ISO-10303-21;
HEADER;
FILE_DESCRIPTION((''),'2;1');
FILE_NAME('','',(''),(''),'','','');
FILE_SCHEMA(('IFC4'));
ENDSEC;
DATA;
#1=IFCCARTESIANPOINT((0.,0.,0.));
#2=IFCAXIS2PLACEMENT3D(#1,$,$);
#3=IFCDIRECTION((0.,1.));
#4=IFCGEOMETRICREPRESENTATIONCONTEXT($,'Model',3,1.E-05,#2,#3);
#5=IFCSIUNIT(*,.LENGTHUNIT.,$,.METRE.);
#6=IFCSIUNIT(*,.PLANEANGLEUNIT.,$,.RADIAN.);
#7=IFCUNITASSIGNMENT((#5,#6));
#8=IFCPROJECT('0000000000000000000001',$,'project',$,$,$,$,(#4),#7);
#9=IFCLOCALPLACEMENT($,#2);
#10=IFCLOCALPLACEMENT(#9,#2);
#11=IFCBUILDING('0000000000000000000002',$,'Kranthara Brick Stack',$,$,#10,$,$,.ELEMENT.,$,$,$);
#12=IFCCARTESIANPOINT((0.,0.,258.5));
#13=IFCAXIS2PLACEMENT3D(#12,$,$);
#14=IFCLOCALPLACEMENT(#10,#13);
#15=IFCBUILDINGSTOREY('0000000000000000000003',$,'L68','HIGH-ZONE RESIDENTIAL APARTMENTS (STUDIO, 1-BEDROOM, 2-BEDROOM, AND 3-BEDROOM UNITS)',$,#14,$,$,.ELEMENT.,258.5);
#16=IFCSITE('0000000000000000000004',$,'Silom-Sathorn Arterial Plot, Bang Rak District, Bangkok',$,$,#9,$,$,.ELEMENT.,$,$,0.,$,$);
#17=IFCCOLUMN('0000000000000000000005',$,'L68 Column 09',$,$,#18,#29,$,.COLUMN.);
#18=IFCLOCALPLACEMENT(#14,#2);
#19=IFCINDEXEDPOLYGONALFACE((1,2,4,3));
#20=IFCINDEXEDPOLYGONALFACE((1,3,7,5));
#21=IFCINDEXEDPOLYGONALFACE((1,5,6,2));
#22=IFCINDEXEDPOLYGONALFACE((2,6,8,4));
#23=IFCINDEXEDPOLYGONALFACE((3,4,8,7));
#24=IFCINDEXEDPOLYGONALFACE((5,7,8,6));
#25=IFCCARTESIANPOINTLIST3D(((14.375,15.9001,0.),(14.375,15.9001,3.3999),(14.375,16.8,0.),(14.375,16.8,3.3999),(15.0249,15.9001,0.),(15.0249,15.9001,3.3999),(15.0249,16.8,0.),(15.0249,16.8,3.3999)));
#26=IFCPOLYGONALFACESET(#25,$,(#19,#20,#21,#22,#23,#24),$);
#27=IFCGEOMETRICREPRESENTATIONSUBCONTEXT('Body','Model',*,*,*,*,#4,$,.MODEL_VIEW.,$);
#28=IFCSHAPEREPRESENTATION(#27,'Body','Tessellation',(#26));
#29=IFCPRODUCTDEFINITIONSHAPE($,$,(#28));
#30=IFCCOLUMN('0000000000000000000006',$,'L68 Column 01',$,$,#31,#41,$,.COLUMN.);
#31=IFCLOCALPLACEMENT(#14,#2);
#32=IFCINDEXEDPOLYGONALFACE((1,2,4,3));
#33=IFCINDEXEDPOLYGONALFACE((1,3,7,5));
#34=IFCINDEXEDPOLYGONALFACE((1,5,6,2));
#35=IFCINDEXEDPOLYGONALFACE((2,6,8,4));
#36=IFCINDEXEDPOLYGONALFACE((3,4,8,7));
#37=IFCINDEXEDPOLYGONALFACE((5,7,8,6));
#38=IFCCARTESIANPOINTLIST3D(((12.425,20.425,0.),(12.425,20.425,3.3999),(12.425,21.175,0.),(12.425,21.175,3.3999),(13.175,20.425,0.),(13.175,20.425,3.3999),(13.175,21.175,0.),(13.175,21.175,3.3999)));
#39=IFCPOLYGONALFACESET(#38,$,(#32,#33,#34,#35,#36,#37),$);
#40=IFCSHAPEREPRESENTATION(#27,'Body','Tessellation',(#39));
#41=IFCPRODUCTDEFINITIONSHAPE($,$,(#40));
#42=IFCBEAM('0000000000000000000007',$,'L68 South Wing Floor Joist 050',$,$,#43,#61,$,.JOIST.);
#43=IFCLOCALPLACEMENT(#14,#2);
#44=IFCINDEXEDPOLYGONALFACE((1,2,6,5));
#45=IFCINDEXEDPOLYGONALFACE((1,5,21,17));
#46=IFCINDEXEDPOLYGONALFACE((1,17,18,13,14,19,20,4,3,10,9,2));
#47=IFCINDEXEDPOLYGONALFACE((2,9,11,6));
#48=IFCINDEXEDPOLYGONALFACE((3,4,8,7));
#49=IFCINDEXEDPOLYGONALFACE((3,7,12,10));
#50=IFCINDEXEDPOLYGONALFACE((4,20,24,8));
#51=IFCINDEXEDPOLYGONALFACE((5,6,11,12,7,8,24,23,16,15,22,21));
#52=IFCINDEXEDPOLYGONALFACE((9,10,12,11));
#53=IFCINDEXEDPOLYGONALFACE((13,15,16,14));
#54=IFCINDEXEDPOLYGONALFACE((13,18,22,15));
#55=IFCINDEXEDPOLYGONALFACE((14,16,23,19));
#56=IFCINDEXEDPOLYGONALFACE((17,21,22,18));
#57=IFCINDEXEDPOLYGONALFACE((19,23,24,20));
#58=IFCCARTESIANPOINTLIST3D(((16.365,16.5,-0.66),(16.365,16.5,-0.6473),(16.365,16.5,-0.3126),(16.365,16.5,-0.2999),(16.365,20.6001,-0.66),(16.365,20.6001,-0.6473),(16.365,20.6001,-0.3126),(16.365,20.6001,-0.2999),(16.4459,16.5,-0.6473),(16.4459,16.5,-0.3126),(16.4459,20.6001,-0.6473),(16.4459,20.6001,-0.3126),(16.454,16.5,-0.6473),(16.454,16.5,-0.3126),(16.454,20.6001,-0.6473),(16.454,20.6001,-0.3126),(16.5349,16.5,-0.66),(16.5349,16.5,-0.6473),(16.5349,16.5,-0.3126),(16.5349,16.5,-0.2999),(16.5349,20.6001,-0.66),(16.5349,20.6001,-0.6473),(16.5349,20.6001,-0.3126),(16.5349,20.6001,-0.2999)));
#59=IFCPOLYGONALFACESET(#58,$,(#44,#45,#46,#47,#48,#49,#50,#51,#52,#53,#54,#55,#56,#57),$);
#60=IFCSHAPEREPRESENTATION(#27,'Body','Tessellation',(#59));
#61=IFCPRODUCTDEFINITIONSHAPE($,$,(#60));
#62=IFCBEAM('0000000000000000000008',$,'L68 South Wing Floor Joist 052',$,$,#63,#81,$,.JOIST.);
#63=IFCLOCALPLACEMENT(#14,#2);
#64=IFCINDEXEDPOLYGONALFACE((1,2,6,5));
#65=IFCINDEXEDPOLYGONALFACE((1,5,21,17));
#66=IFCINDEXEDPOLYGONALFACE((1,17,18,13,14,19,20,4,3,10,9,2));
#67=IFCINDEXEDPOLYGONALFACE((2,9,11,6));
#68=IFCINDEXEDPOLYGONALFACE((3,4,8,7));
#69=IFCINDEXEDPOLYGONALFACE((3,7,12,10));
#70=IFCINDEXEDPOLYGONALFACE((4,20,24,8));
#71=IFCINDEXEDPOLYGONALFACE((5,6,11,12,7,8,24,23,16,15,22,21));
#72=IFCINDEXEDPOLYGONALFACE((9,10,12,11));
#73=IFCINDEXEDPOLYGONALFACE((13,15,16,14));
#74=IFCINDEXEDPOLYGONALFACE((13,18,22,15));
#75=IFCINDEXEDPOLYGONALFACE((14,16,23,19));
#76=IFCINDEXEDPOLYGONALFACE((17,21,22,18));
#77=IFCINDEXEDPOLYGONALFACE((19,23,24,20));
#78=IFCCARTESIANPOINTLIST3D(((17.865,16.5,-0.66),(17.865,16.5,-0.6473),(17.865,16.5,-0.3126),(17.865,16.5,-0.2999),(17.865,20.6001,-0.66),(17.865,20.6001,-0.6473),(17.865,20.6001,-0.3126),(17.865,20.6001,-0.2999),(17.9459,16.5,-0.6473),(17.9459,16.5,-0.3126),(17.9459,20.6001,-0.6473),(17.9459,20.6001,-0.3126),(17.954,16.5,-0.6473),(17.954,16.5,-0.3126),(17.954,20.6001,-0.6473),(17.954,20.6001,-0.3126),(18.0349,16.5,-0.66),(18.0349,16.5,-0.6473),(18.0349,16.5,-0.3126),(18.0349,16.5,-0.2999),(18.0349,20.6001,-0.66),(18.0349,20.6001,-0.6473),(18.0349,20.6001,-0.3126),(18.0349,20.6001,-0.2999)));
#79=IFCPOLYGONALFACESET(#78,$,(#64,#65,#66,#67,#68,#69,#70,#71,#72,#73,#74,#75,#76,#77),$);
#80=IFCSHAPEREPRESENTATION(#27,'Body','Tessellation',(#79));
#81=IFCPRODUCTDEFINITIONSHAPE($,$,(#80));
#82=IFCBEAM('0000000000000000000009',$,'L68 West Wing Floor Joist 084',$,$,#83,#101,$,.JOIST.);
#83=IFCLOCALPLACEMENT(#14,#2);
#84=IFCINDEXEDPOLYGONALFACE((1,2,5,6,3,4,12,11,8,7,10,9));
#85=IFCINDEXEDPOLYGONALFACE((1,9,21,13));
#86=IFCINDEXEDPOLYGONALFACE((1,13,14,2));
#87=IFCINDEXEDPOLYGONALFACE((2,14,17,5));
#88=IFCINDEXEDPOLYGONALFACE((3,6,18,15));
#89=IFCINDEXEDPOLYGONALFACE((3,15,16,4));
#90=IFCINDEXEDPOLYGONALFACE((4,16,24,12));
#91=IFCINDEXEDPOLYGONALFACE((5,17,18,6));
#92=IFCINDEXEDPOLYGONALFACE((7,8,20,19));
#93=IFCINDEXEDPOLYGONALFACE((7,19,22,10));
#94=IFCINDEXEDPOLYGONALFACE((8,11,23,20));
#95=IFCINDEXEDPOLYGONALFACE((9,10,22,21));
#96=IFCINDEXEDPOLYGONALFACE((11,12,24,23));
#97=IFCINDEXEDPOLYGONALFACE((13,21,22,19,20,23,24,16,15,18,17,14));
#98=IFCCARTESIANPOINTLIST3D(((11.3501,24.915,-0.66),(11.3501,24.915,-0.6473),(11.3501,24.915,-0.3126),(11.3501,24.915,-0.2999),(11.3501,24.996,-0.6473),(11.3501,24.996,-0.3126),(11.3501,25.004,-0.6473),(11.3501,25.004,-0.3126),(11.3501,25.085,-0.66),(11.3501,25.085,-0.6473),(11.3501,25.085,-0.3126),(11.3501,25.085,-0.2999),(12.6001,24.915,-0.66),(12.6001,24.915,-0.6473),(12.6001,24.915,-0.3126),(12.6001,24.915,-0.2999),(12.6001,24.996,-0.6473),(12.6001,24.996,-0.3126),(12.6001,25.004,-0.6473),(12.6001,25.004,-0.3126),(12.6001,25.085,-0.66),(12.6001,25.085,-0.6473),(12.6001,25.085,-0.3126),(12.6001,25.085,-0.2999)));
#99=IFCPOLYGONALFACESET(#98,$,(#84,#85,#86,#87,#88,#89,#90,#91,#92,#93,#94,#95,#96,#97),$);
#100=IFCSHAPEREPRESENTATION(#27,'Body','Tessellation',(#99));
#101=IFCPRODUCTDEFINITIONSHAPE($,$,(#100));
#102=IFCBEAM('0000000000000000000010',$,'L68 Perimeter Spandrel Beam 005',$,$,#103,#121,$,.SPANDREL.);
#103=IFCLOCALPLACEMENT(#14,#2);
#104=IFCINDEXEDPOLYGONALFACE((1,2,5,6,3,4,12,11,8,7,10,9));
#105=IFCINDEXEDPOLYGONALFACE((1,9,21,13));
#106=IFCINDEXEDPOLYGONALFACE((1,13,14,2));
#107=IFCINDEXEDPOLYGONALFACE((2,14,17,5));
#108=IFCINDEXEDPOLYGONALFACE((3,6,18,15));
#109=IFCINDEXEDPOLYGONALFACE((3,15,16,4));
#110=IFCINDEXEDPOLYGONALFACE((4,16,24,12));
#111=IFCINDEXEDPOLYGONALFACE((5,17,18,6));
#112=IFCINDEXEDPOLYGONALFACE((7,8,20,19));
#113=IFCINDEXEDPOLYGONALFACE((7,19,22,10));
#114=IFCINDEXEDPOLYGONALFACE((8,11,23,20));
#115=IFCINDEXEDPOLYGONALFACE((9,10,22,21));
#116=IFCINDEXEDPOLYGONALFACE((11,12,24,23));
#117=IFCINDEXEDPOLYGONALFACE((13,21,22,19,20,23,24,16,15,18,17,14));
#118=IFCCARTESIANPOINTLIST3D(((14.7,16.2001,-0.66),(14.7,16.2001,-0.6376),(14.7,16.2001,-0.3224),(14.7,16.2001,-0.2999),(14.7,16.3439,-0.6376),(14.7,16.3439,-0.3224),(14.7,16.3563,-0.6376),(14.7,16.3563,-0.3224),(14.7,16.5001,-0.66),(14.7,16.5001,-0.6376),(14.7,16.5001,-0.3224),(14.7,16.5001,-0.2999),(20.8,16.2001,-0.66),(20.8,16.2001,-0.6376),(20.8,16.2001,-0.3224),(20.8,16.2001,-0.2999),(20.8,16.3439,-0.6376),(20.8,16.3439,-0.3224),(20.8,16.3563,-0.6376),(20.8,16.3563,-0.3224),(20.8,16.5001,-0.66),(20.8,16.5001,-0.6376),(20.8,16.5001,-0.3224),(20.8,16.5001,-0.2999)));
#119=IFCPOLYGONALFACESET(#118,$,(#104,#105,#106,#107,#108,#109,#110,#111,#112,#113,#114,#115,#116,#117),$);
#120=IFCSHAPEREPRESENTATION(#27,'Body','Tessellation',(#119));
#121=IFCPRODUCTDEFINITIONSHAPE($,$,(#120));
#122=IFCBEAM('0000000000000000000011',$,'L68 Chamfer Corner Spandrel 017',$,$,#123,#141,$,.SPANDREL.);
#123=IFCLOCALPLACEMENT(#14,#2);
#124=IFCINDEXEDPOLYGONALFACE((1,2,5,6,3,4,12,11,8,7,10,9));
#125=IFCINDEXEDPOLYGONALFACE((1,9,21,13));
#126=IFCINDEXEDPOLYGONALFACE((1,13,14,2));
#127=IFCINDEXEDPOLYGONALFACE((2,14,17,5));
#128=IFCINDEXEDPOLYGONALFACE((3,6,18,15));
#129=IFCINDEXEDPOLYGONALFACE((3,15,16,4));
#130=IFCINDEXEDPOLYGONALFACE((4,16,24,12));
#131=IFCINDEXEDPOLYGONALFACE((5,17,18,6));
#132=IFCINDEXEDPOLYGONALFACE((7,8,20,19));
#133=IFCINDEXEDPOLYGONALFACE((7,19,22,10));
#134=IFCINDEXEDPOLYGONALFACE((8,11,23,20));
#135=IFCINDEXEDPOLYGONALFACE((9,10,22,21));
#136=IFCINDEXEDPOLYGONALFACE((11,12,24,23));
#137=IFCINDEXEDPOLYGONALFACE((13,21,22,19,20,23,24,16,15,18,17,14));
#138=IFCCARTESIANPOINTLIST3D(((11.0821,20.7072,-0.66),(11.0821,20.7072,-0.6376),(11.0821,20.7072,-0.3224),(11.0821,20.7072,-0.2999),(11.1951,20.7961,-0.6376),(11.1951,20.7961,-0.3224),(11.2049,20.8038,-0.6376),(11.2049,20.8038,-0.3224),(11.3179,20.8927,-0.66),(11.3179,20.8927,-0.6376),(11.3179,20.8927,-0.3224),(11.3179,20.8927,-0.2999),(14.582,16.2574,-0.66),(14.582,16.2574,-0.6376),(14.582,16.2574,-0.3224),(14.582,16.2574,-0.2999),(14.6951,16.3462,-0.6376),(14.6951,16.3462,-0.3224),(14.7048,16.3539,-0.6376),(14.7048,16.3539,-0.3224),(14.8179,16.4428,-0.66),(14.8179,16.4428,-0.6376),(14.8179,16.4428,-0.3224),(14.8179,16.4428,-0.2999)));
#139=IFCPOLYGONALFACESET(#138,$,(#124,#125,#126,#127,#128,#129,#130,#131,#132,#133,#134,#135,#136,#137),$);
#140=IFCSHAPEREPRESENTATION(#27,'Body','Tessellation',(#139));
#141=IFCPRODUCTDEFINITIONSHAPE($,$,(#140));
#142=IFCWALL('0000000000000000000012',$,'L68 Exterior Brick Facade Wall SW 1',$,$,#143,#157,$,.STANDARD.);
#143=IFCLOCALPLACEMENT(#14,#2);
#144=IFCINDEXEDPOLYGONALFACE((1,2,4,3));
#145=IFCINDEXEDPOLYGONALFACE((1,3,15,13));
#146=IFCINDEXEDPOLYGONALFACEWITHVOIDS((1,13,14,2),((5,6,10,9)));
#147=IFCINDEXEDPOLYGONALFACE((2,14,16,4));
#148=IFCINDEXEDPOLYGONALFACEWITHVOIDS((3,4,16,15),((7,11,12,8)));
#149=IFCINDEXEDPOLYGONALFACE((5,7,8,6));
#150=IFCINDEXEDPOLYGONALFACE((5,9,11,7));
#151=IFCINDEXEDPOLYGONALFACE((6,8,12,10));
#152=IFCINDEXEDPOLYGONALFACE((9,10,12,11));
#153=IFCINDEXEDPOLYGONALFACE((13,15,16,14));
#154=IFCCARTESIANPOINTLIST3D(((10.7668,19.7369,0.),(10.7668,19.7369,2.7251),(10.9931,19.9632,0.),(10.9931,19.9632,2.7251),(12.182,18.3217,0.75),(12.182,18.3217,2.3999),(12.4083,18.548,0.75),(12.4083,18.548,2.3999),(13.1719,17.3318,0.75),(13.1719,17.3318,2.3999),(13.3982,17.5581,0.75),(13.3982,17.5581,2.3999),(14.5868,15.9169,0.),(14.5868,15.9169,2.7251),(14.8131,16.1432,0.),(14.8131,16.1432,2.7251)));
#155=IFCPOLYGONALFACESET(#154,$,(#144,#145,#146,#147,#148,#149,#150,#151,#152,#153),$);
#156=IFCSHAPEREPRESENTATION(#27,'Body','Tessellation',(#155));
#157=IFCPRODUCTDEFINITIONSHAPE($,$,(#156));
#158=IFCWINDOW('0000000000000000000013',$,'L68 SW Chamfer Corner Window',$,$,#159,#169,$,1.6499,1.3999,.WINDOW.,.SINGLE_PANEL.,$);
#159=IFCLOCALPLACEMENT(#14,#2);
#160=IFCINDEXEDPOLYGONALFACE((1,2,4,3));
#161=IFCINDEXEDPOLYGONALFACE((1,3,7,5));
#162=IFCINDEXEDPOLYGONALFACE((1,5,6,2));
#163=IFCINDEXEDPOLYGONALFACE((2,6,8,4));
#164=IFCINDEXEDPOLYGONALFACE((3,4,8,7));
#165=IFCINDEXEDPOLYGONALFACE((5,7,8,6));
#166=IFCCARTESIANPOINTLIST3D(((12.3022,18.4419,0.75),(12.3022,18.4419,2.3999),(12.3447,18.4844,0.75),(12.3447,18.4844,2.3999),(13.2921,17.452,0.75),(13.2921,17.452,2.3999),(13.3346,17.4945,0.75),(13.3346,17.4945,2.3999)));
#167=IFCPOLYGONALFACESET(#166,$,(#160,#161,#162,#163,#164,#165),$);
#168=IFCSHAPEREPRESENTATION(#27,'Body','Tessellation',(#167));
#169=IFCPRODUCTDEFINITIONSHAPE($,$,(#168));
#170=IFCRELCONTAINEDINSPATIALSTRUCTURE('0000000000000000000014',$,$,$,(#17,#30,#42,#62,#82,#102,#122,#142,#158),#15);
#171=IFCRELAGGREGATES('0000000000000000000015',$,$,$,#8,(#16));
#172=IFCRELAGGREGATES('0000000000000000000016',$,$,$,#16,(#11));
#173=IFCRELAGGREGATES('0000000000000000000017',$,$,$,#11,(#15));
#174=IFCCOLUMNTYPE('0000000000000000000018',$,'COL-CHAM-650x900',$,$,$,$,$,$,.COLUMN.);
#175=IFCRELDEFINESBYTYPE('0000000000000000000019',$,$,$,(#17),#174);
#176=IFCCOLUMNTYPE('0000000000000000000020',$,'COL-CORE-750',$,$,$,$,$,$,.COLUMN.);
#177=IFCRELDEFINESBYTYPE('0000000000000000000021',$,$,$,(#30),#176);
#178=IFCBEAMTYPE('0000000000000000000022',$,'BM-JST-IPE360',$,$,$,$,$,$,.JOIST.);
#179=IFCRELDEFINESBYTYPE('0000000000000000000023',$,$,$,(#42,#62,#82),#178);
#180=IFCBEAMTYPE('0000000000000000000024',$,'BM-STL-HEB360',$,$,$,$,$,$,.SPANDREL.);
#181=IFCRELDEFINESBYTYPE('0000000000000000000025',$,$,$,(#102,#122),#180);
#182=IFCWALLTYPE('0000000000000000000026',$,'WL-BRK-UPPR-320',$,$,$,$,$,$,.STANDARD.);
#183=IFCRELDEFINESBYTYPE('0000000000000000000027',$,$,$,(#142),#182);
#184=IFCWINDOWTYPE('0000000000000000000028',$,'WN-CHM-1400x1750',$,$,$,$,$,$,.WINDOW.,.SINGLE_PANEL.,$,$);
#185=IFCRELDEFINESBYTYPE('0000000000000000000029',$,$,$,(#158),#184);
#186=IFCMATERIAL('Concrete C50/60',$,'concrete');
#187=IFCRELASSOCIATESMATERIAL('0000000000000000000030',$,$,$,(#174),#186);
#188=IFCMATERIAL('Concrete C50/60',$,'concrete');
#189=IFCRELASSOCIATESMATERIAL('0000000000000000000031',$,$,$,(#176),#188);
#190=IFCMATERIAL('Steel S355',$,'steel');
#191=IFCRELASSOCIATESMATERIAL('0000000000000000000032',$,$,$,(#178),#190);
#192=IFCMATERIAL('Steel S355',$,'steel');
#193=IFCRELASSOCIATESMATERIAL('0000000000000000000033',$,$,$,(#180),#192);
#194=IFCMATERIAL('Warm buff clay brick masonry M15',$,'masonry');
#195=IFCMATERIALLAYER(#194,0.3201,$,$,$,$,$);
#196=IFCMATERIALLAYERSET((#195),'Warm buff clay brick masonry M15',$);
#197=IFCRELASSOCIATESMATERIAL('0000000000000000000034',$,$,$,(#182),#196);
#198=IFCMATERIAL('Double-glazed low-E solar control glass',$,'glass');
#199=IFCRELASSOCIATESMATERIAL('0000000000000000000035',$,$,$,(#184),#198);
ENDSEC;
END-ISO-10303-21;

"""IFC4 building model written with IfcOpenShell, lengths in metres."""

from ifc_helpers import new_model, si_unit, direction, frame, frame_2d, origin, origin_2d, place, context, subcontext, project, spatial, rectangle, i_section, extrude, material, layer, layer_set, material_profile, profile_set, type_object, element, fill, save


model = new_model("IFC4")

# Units and contexts
model_context = context("Model", 3, precision=1e-05, world=origin(), true_north=direction((0.0, 1.0)))
body_context = subcontext(model_context, "Body", "Model", "MODEL_VIEW")
ifc_project = project(units=[si_unit("LENGTHUNIT", "METRE"), si_unit("PLANEANGLEUNIT", "RADIAN")], contexts=[model_context])

# Site, building, storey
site_placement = place(None, origin())
site = spatial("IfcSite", under=ifc_project, at=site_placement, Name="Silom-Sathorn Arterial Plot, Bang Rak District, Bangkok", CompositionType="ELEMENT", RefElevation=0.0)
building_placement = place(site_placement, origin())
building = spatial("IfcBuilding", under=site, at=building_placement, Name="Kranthara Brick Stack", CompositionType="ELEMENT")
storey_placement = place(building_placement, frame((0.0, 0.0, 258.5)))
storey = spatial("IfcBuildingStorey", under=building, at=storey_placement, Name="L68", Description="HIGH-ZONE RESIDENTIAL APARTMENTS (STUDIO, 1-BEDROOM, 2-BEDROOM, AND 3-BEDROOM UNITS)", CompositionType="ELEMENT", Elevation=258.5)

# Columns
ifc_material_1 = material(Name="Concrete C50/60", Category="concrete")
ifc_material_profile_1 = material_profile(ifc_material_1, rectangle(XDim=0.6499, YDim=0.8999, at=origin_2d()), Name="RC 650x900")
ifc_profile_set_1 = profile_set([ifc_material_profile_1], Name="Concrete C50/60")
column_type_1 = type_object("IfcColumnType", Name="COL-CHAM-650x900", PredefinedType="COLUMN", material=ifc_profile_set_1)
column_1_placement = place(storey_placement, frame((14.7, 16.3501, 0.0), z_axis=(0.0, 0.0, 1.0), x_axis=(1.0, 0.0, 0.0)))
element("IfcColumn", 1, at=column_1_placement, inside=storey, type_object=column_type_1, Name="L68 Column 09", PredefinedType="COLUMN", context=body_context, shape_type="SweptSolid", body=[
    extrude(rectangle(XDim=0.6499, YDim=0.8999, at=origin_2d()), origin(), (0.0, 0.0, 1.0), 3.3999),
])
ifc_material_2 = material(Name="Concrete C50/60", Category="concrete")
ifc_material_profile_2 = material_profile(ifc_material_2, rectangle(XDim=0.75, YDim=0.75, at=origin_2d()), Name="RC 750x750")
ifc_profile_set_2 = profile_set([ifc_material_profile_2], Name="Concrete C50/60")
column_type_2 = type_object("IfcColumnType", Name="COL-CORE-750", PredefinedType="COLUMN", material=ifc_profile_set_2)
column_2_placement = place(storey_placement, frame((12.8, 20.8, 0.0), z_axis=(0.0, 0.0, 1.0), x_axis=(1.0, 0.0, 0.0)))
element("IfcColumn", 2, at=column_2_placement, inside=storey, type_object=column_type_2, Name="L68 Column 01", PredefinedType="COLUMN", context=body_context, shape_type="SweptSolid", body=[
    extrude(rectangle(XDim=0.75, YDim=0.75, at=origin_2d()), origin(), (0.0, 0.0, 1.0), 3.3999),
])

# Beams
ifc_material_3 = material(Name="Steel S355", Category="steel")
ifc_material_profile_3 = material_profile(ifc_material_3, i_section(OverallWidth=0.1699, OverallDepth=0.3601, WebThickness=0.0081, FlangeThickness=0.0127, at=origin_2d()), Name="IPE 360")
ifc_profile_set_3 = profile_set([ifc_material_profile_3], Name="Steel S355")
beam_type_1 = type_object("IfcBeamType", Name="BM-JST-IPE360", PredefinedType="JOIST", material=ifc_profile_set_3)
for number, where, z_axis, x_axis, name in (
    (3, (16.45, 16.5, -0.48), (0.0, 1.0, 0.0), (-1.0, 0.0, 0.0), "L68 South Wing Floor Joist 050"),
    (4, (17.95, 16.5, -0.48), (0.0, 1.0, 0.0), (-1.0, 0.0, 0.0), "L68 South Wing Floor Joist 052"),
):
    element("IfcBeam", number, at=place(storey_placement, frame(where, z_axis=z_axis, x_axis=x_axis)), inside=storey, type_object=beam_type_1, Name=name, PredefinedType="JOIST", context=body_context, shape_type="SweptSolid", body=[
        extrude(i_section(OverallWidth=0.1699, OverallDepth=0.3601, WebThickness=0.0081, FlangeThickness=0.0127, at=origin_2d()), origin(), (0.0, 0.0, 1.0), 4.1001),
    ])
beam_1_placement = place(storey_placement, frame((11.3501, 25.0, -0.48), z_axis=(1.0, 0.0, 0.0), x_axis=(0.0, 1.0, 0.0)))
element("IfcBeam", 5, at=beam_1_placement, inside=storey, type_object=beam_type_1, Name="L68 West Wing Floor Joist 084", PredefinedType="JOIST", context=body_context, shape_type="SweptSolid", body=[
    extrude(i_section(OverallWidth=0.1699, OverallDepth=0.3601, WebThickness=0.0081, FlangeThickness=0.0127, at=origin_2d()), origin(), (0.0, 0.0, 1.0), 1.25),
])
ifc_material_4 = material(Name="Steel S355", Category="steel")
ifc_material_profile_4 = material_profile(ifc_material_4, i_section(OverallWidth=0.3, OverallDepth=0.3601, WebThickness=0.0125, FlangeThickness=0.0225, at=origin_2d()), Name="HEB 360")
ifc_profile_set_4 = profile_set([ifc_material_profile_4], Name="Steel S355")
beam_type_2 = type_object("IfcBeamType", Name="BM-STL-HEB360", PredefinedType="SPANDREL", material=ifc_profile_set_4)
beam_2_placement = place(storey_placement, frame((14.7, 16.3501, -0.48), z_axis=(1.0, 0.0, 0.0), x_axis=(0.0, 1.0, 0.0)))
element("IfcBeam", 6, at=beam_2_placement, inside=storey, type_object=beam_type_2, Name="L68 Perimeter Spandrel Beam 005", PredefinedType="SPANDREL", context=body_context, shape_type="SweptSolid", body=[
    extrude(i_section(OverallWidth=0.3, OverallDepth=0.3601, WebThickness=0.0125, FlangeThickness=0.0225, at=origin_2d()), origin(), (0.0, 0.0, 1.0), 6.1001),
])
beam_3_placement = place(storey_placement, frame((14.7, 16.3501, -0.48), z_axis=(-0.618216, 0.786008, 0.0), x_axis=(-0.786008, -0.618216, 0.0)))
element("IfcBeam", 7, at=beam_3_placement, inside=storey, type_object=beam_type_2, Name="L68 Chamfer Corner Spandrel 017", PredefinedType="SPANDREL", context=body_context, shape_type="SweptSolid", body=[
    extrude(i_section(OverallWidth=0.3, OverallDepth=0.3601, WebThickness=0.0125, FlangeThickness=0.0225, at=origin_2d()), origin(), (0.0, 0.0, 1.0), 5.6614),
])

# Wall, opening, window
ifc_material_5 = material(Name="Warm buff clay brick masonry M15", Category="masonry")
ifc_layer_1 = layer(ifc_material_5, 0.3201)
ifc_layer_set_1 = layer_set([ifc_layer_1], Name="Warm buff clay brick masonry M15")
wall_type_1 = type_object("IfcWallType", Name="WL-BRK-UPPR-320", PredefinedType="STANDARD", material=ifc_layer_set_1)
wall_1_placement = place(storey_placement, frame((14.7, 16.03, 0.0), z_axis=(0.0, 0.0, 1.0), x_axis=(-0.707107, 0.707107, 0.0)))
wall_1 = element("IfcWall", 8, at=wall_1_placement, inside=storey, type_object=wall_type_1, Name="L68 Exterior Brick Facade Wall SW 1", PredefinedType="STANDARD", context=body_context, shape_type="SweptSolid", body=[
    extrude(rectangle(XDim=5.4023, YDim=0.3201, at=frame_2d((2.7012, 0.0))), origin(), (0.0, 0.0, 1.0), 2.7251),
])
opening_1_placement = place(wall_1_placement, frame((2.001, 0.0, 0.75)))
opening_1 = element("IfcOpeningElement", 9, at=opening_1_placement, cuts=wall_1, PredefinedType="OPENING", context=body_context, shape_type="SweptSolid", body=[
    extrude(rectangle(XDim=1.3999, YDim=1.6499, at=frame_2d((0.7, 0.825))), frame((0.0, 0.1699, 0.0), z_axis=(0.0, -1.0, 0.0), x_axis=(1.0, 0.0, 0.0)), (0.0, 0.0, 1.0), 0.3401),
])
ifc_material_6 = material(Name="Double-glazed low-E solar control glass", Category="glass")
window_type = type_object("IfcWindowType", Name="WN-CHM-1400x1750", PartitioningType="SINGLE_PANEL", PredefinedType="WINDOW", material=ifc_material_6)
window_placement = place(opening_1_placement, origin())
window = element("IfcWindow", 10, at=window_placement, inside=storey, type_object=window_type, Name="L68 SW Chamfer Corner Window", OverallHeight=1.6499, OverallWidth=1.3999, PartitioningType="SINGLE_PANEL", PredefinedType="WINDOW", context=body_context, shape_type="SweptSolid", body=[
    extrude(rectangle(XDim=1.3999, YDim=1.6499, at=frame_2d((0.7, 0.825))), frame((0.0, -0.01, 0.0), z_axis=(0.0, -1.0, 0.0), x_axis=(1.0, 0.0, 0.0)), (0.0, 0.0, 1.0), 0.0601),
])
fill(opening_1, window)

save(model, "model.ifc")
